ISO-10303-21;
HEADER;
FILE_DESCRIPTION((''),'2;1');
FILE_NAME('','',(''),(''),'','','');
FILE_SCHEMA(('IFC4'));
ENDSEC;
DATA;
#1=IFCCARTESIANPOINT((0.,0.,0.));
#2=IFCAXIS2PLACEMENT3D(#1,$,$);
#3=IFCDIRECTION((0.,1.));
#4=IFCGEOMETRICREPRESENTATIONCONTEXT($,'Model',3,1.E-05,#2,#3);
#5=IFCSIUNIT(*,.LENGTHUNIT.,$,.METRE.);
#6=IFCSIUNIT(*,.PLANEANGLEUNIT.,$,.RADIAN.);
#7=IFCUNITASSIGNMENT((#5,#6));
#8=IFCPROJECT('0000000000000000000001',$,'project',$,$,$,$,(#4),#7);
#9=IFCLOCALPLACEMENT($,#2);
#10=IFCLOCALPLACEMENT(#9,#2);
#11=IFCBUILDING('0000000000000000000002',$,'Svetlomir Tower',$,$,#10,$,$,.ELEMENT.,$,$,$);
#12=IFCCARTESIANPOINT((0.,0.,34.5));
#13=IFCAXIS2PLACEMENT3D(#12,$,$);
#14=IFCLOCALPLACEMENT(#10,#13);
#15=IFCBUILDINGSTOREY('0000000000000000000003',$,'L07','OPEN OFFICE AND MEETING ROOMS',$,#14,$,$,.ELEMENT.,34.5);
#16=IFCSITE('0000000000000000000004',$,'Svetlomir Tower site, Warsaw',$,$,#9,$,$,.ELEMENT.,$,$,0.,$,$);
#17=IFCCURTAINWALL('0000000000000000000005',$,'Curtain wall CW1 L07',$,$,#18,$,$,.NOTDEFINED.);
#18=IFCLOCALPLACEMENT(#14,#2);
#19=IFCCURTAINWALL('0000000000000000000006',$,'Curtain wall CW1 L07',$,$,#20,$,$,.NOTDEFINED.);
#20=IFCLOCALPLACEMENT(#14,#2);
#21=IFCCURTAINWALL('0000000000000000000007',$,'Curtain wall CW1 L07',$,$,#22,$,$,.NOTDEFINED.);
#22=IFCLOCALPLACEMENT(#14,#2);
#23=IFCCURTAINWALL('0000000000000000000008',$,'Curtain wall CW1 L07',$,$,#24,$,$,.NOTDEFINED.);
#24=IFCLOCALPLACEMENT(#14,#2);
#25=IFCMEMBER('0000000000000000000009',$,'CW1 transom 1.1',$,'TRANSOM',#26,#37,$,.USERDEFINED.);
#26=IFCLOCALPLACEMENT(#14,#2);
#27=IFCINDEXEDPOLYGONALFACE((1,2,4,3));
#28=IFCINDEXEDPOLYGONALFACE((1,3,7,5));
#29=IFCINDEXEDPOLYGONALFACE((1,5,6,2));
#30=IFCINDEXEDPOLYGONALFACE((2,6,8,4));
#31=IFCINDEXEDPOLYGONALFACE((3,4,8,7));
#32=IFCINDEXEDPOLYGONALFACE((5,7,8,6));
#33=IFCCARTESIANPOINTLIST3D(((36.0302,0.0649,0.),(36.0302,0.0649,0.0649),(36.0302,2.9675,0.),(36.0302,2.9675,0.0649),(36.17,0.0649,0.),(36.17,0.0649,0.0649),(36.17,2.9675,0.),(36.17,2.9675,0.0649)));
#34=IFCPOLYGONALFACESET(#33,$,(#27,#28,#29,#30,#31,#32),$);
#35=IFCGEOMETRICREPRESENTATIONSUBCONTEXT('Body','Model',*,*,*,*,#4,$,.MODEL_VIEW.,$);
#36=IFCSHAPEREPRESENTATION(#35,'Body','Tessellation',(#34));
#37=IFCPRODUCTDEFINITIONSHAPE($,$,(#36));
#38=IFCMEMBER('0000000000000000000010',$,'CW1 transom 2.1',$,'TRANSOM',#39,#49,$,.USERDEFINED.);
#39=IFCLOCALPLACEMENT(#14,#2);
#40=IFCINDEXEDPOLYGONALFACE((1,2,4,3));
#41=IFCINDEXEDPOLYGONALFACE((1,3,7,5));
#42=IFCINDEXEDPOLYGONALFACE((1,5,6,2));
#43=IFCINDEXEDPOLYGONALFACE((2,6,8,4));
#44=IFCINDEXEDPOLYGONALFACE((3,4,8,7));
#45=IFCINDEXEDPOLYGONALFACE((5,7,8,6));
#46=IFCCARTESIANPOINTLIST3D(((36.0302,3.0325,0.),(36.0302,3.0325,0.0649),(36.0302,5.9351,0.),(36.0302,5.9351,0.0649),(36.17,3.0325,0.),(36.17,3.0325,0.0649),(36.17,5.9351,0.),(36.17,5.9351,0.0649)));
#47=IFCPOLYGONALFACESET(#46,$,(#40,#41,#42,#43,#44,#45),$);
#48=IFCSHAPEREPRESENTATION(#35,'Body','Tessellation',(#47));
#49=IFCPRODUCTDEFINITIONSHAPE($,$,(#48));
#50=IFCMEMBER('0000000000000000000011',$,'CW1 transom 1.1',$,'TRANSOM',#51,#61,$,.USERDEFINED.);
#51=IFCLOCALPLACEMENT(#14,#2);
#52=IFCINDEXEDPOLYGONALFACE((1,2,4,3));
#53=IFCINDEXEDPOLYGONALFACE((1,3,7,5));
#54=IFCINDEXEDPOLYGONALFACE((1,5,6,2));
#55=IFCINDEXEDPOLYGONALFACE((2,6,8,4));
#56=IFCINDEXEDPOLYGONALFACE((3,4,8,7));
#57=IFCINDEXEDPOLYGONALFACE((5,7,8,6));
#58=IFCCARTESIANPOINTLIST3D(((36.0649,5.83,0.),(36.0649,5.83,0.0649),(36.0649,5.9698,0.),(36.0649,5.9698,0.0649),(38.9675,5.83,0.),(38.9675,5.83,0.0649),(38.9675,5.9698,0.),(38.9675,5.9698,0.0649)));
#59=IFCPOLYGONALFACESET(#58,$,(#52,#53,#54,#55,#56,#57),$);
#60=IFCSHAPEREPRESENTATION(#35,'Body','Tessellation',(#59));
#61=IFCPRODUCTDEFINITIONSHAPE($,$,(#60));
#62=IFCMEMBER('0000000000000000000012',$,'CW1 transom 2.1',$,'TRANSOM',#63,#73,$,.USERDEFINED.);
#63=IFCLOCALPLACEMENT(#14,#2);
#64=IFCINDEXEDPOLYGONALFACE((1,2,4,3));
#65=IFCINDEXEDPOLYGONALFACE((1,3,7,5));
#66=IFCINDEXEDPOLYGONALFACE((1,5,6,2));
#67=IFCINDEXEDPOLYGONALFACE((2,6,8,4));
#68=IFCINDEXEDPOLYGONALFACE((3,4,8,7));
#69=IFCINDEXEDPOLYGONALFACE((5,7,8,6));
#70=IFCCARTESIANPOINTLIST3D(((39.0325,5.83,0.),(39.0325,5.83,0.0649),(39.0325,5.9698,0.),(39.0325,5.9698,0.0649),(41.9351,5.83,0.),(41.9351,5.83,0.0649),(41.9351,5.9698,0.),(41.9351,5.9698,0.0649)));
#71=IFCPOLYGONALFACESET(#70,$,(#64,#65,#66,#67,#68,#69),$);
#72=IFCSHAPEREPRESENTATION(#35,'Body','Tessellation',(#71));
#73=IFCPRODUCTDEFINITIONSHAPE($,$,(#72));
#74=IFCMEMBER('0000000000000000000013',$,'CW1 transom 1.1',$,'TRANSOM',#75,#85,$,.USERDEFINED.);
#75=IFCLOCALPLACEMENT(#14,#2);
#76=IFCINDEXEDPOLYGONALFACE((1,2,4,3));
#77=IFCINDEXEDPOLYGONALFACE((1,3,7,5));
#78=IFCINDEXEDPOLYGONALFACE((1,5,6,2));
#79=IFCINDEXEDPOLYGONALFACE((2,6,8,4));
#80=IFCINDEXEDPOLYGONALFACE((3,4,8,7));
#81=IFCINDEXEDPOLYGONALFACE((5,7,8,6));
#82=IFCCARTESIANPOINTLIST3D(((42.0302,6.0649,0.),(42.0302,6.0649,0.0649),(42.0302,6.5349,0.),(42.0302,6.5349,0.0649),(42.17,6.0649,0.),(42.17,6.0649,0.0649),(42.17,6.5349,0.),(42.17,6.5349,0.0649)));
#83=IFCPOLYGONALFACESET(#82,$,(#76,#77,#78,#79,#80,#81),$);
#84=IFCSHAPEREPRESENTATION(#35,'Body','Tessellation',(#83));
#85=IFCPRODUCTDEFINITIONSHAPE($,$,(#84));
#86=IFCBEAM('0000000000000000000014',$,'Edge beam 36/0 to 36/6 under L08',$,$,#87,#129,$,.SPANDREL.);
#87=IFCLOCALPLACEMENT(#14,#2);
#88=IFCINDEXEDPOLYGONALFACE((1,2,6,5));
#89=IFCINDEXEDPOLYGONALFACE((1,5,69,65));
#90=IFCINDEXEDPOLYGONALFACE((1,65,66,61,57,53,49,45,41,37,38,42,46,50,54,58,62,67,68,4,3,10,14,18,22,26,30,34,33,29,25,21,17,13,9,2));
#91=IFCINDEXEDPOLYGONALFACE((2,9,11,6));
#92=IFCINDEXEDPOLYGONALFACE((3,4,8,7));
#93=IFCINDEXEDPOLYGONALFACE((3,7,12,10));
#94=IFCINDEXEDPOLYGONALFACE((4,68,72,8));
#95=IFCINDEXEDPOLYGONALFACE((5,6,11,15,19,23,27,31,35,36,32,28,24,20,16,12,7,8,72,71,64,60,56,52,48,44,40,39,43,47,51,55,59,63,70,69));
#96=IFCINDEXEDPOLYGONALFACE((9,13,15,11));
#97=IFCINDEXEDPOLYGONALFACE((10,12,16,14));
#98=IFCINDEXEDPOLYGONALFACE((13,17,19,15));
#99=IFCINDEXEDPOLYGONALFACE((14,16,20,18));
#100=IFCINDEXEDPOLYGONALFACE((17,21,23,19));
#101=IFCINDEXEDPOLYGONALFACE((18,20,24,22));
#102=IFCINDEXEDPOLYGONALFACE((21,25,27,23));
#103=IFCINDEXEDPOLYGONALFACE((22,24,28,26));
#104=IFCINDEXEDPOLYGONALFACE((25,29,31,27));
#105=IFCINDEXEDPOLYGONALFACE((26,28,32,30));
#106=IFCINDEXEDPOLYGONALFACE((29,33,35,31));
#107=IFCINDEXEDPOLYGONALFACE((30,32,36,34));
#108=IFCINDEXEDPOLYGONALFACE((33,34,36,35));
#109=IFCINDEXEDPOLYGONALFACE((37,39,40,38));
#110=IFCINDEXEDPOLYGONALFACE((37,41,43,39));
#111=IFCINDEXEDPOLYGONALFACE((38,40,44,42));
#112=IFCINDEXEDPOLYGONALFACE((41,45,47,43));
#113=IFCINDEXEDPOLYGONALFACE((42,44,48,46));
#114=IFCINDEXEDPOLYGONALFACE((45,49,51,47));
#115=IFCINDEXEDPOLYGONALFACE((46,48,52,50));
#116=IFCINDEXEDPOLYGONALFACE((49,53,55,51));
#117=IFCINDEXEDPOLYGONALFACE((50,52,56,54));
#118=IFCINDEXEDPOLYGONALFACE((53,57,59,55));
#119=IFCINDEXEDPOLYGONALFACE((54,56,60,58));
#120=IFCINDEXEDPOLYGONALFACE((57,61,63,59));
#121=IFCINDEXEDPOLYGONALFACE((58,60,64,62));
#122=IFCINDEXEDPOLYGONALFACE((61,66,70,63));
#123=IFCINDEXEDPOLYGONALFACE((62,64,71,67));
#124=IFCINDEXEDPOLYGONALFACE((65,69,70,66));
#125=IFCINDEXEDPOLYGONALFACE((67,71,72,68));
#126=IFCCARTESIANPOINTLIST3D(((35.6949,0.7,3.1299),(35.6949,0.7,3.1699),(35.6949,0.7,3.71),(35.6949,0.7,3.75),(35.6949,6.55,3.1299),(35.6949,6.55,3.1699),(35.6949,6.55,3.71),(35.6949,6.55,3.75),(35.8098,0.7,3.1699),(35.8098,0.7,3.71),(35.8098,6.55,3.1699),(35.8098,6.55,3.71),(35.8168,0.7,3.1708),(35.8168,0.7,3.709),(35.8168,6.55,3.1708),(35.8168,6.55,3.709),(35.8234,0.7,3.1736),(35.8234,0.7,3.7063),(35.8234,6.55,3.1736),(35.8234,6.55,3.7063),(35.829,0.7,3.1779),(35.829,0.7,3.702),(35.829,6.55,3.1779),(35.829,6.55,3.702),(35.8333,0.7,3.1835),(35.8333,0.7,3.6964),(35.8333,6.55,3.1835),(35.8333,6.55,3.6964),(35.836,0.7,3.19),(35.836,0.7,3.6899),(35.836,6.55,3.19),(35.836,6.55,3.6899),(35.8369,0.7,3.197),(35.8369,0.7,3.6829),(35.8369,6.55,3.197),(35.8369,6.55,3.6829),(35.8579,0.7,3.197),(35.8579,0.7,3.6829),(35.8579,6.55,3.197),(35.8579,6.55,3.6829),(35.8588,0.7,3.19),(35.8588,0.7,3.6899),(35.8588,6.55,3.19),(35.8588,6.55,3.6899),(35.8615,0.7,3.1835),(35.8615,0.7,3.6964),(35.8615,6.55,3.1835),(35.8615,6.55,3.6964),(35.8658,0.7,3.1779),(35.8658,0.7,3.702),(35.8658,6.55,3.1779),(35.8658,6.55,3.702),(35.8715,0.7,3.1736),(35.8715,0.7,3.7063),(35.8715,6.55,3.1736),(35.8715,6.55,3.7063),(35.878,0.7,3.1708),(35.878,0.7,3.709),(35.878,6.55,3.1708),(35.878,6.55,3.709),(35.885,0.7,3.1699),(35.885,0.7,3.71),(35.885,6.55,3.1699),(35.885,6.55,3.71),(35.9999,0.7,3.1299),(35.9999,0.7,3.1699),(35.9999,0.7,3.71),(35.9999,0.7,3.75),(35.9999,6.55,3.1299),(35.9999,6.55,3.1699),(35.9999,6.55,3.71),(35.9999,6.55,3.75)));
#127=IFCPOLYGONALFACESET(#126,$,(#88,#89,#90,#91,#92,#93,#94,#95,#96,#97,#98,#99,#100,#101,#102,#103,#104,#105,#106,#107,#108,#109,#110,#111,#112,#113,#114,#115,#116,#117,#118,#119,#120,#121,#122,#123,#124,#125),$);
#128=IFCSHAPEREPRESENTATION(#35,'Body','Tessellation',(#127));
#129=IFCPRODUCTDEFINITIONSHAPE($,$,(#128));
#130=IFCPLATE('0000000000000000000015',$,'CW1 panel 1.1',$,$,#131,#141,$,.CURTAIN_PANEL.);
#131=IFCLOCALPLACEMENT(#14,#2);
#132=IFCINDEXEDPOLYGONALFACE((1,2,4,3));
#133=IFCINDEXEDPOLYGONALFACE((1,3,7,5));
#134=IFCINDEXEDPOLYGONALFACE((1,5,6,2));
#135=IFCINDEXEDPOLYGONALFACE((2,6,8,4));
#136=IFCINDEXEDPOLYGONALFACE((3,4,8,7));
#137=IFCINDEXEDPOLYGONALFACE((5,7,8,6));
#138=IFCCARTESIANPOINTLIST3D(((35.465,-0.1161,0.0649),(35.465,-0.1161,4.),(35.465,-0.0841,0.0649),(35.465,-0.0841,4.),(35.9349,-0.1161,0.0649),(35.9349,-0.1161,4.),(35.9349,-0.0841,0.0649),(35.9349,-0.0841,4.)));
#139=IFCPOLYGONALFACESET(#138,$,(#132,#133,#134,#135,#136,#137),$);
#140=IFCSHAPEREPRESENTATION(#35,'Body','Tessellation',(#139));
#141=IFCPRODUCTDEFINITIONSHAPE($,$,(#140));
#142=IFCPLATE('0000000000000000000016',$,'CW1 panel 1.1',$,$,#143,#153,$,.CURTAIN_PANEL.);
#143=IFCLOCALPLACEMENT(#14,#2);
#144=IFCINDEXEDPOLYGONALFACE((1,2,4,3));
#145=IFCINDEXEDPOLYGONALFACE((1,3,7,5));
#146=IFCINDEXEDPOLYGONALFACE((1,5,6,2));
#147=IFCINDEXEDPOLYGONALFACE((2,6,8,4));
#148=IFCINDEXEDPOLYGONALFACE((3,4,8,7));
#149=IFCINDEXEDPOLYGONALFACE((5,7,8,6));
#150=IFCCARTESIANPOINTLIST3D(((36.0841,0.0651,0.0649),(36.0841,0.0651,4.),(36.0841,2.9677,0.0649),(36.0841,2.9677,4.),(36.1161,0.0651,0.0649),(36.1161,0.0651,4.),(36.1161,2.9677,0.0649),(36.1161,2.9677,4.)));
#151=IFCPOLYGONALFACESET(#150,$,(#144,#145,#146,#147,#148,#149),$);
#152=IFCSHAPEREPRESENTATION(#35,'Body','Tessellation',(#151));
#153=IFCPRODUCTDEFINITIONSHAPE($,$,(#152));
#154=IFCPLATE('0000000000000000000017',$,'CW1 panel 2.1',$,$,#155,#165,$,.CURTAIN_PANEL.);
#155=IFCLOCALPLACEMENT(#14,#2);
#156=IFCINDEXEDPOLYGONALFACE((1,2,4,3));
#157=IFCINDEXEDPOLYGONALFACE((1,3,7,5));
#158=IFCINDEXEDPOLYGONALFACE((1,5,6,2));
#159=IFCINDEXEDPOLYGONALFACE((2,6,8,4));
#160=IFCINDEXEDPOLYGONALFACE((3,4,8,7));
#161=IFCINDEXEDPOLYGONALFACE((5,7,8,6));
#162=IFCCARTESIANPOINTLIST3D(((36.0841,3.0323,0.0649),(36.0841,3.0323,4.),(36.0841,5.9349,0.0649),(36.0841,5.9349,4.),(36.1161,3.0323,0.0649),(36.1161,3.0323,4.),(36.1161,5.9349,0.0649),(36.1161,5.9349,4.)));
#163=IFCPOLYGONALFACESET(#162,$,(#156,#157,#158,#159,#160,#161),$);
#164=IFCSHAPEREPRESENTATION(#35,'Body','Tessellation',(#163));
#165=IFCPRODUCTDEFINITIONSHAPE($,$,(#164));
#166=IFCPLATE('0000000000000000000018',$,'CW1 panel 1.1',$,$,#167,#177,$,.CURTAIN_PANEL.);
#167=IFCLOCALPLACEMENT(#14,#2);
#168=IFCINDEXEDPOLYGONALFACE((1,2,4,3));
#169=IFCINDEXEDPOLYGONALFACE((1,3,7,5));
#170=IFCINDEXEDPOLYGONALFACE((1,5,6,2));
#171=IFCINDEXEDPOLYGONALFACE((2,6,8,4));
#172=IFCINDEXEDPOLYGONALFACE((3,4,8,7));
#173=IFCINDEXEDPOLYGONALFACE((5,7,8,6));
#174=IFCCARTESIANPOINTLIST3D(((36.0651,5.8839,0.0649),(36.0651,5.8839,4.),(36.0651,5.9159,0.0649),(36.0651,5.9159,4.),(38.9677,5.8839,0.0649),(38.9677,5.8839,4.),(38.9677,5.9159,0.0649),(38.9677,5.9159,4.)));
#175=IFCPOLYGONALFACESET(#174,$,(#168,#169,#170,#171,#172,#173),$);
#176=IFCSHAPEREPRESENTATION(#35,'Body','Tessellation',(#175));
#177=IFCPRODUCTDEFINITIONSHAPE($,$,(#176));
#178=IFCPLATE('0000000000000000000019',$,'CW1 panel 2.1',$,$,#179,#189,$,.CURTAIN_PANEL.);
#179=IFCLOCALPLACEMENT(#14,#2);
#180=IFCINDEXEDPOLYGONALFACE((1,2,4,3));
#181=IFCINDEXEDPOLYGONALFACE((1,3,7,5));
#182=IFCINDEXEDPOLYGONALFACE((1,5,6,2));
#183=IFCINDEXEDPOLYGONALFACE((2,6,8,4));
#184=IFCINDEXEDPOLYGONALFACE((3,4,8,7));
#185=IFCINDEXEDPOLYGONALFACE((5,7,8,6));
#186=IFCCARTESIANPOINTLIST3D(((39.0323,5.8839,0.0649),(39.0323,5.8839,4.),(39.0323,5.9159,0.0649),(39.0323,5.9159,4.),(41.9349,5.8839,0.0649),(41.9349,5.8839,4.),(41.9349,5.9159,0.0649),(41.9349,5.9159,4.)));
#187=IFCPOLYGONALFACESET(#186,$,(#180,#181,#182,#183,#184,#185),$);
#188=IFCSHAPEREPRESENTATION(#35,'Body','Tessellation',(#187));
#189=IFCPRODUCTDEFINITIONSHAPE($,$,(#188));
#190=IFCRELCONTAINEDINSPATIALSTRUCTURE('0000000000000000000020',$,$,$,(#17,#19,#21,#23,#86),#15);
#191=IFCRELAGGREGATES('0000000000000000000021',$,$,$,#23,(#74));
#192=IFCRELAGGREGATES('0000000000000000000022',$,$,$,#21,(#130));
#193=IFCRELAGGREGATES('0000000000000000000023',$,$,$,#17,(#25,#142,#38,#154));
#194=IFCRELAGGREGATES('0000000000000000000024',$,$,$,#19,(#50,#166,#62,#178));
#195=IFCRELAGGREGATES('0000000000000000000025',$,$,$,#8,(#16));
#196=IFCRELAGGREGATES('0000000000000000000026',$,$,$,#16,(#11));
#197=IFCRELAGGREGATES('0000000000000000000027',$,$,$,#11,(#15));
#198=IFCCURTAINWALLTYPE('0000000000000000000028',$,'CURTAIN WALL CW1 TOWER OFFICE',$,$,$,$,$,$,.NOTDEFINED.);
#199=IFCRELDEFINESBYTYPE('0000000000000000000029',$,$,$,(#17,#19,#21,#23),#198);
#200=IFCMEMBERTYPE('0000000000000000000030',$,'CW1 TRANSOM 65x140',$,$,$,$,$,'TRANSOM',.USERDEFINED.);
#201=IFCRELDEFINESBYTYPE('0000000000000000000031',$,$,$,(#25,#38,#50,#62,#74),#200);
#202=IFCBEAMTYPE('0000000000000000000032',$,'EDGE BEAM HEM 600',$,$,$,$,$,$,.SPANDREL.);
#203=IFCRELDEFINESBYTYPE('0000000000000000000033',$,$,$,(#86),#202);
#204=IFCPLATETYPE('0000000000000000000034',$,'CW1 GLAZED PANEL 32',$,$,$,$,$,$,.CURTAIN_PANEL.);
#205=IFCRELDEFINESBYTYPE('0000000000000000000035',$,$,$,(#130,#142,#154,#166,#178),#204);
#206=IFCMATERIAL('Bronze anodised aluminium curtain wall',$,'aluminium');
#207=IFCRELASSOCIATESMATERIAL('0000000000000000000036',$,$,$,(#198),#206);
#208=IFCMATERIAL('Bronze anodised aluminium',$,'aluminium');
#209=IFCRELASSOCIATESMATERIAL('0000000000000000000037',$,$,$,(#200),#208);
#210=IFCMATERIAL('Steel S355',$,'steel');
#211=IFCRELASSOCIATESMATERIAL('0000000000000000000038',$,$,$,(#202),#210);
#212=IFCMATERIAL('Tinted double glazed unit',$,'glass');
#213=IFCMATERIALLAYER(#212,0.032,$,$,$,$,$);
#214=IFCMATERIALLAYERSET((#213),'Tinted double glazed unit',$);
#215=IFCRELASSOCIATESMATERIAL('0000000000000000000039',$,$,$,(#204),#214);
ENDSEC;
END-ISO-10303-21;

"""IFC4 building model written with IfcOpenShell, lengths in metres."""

from ifc_helpers import new_model, si_unit, direction, frame, origin, origin_2d, place, context, subcontext, project, spatial, rectangle, i_section, extrude, material, layer, layer_set, material_profile, profile_set, type_object, element, aggregate, save


model = new_model("IFC4")

# Units and contexts
model_context = context("Model", 3, precision=1e-05, world=origin(), true_north=direction((0.0, 1.0)))
body_context = subcontext(model_context, "Body", "Model", "MODEL_VIEW")
ifc_project = project(units=[si_unit("LENGTHUNIT", "METRE"), si_unit("PLANEANGLEUNIT", "RADIAN")], contexts=[model_context])

# Site, building, storey
site_placement = place(None, origin())
site = spatial("IfcSite", under=ifc_project, at=site_placement, Name="Svetlomir Tower site, Warsaw", CompositionType="ELEMENT", RefElevation=0.0)
building_placement = place(site_placement, origin())
building = spatial("IfcBuilding", under=site, at=building_placement, Name="Svetlomir Tower", CompositionType="ELEMENT")
storey_placement = place(building_placement, frame((0.0, 0.0, 34.5)))
storey = spatial("IfcBuildingStorey", under=building, at=storey_placement, Name="L07", Description="OPEN OFFICE AND MEETING ROOMS", CompositionType="ELEMENT", Elevation=34.5)

# Curtain walls
ifc_material_1 = material(Name="Bronze anodised aluminium curtain wall", Category="aluminium")
curtain_wall_type = type_object("IfcCurtainWallType", Name="CURTAIN WALL CW1 TOWER OFFICE", PredefinedType="NOTDEFINED", material=ifc_material_1)
curtain_wall_1_placement = place(storey_placement, origin())
curtain_wall_1 = element("IfcCurtainWall", 1, at=curtain_wall_1_placement, inside=storey, type_object=curtain_wall_type, Name="Curtain wall CW1 L07", PredefinedType="NOTDEFINED")
curtain_wall_2_placement = place(storey_placement, origin())
curtain_wall_2 = element("IfcCurtainWall", 2, at=curtain_wall_2_placement, inside=storey, type_object=curtain_wall_type, Name="Curtain wall CW1 L07", PredefinedType="NOTDEFINED")

# Curtain wall
curtain_wall_3_placement = place(storey_placement, origin())
curtain_wall_3 = element("IfcCurtainWall", 3, at=curtain_wall_3_placement, inside=storey, type_object=curtain_wall_type, Name="Curtain wall CW1 L07", PredefinedType="NOTDEFINED")

# Curtain wall
curtain_wall_4_placement = place(storey_placement, origin())
curtain_wall_4 = element("IfcCurtainWall", 4, at=curtain_wall_4_placement, inside=storey, type_object=curtain_wall_type, Name="Curtain wall CW1 L07", PredefinedType="NOTDEFINED")

# Members
ifc_material_2 = material(Name="Bronze anodised aluminium", Category="aluminium")
ifc_material_profile_1 = material_profile(ifc_material_2, rectangle(XDim=0.1399, YDim=0.0649, at=origin_2d()), Name="AL 140x65")
ifc_profile_set_1 = profile_set([ifc_material_profile_1], Name="Bronze anodised aluminium 6063-T6")
member_type_1 = type_object("IfcMemberType", Name="CW1 TRANSOM 65x140", ElementType="TRANSOM", PredefinedType="USERDEFINED", material=ifc_profile_set_1)
member_1_placement = place(storey_placement, frame((36.1001, 0.0649, 0.0325), z_axis=(0.0, 1.0, 0.0), x_axis=(-1.0, 0.0, 0.0)))
member_1 = element("IfcMember", 5, at=member_1_placement, type_object=member_type_1, Name="CW1 transom 1.1", ObjectType="TRANSOM", PredefinedType="USERDEFINED", context=body_context, shape_type="SweptSolid", body=[
    extrude(rectangle(XDim=0.1399, YDim=0.0649, at=origin_2d()), origin(), (0.0, 0.0, 1.0), 2.9026),
])
member_2_placement = place(storey_placement, frame((36.1001, 3.0325, 0.0325), z_axis=(0.0, 1.0, 0.0), x_axis=(-1.0, 0.0, 0.0)))
member_2 = element("IfcMember", 6, at=member_2_placement, type_object=member_type_1, Name="CW1 transom 2.1", ObjectType="TRANSOM", PredefinedType="USERDEFINED", context=body_context, shape_type="SweptSolid", body=[
    extrude(rectangle(XDim=0.1399, YDim=0.0649, at=origin_2d()), origin(), (0.0, 0.0, 1.0), 2.9026),
])
member_3_placement = place(storey_placement, frame((36.0649, 5.8999, 0.0325), z_axis=(1.0, 0.0, 0.0), x_axis=(0.0, 1.0, 0.0)))
member_3 = element("IfcMember", 7, at=member_3_placement, type_object=member_type_1, Name="CW1 transom 1.1", ObjectType="TRANSOM", PredefinedType="USERDEFINED", context=body_context, shape_type="SweptSolid", body=[
    extrude(rectangle(XDim=0.1399, YDim=0.0649, at=origin_2d()), origin(), (0.0, 0.0, 1.0), 2.9026),
])
member_4_placement = place(storey_placement, frame((39.0325, 5.8999, 0.0325), z_axis=(1.0, 0.0, 0.0), x_axis=(0.0, 1.0, 0.0)))
member_4 = element("IfcMember", 8, at=member_4_placement, type_object=member_type_1, Name="CW1 transom 2.1", ObjectType="TRANSOM", PredefinedType="USERDEFINED", context=body_context, shape_type="SweptSolid", body=[
    extrude(rectangle(XDim=0.1399, YDim=0.0649, at=origin_2d()), origin(), (0.0, 0.0, 1.0), 2.9026),
])
member_5_placement = place(storey_placement, frame((42.1001, 6.0649, 0.0325), z_axis=(0.0, 1.0, 0.0), x_axis=(-1.0, 0.0, 0.0)))
member_5 = element("IfcMember", 9, at=member_5_placement, type_object=member_type_1, Name="CW1 transom 1.1", ObjectType="TRANSOM", PredefinedType="USERDEFINED", context=body_context, shape_type="SweptSolid", body=[
    extrude(rectangle(XDim=0.1399, YDim=0.0649, at=origin_2d()), origin(), (0.0, 0.0, 1.0), 0.47),
])
aggregate(curtain_wall_4, [member_5])

# Beam
ifc_material_3 = material(Name="Steel S355", Category="steel")
ifc_material_profile_2 = material_profile(ifc_material_3, i_section(OverallWidth=0.3049, OverallDepth=0.6201, WebThickness=0.021, FlangeThickness=0.04, FilletRadius=0.0271, at=origin_2d()), Name="HEM 600")
ifc_profile_set_2 = profile_set([ifc_material_profile_2], Name="Steel S355")
beam_type_1 = type_object("IfcBeamType", Name="EDGE BEAM HEM 600", PredefinedType="SPANDREL", material=ifc_profile_set_2)
beam_1_placement = place(storey_placement, frame((35.8474, 0.7, 3.4399), z_axis=(0.0, 1.0, 0.0), x_axis=(-1.0, 0.0, 0.0)))
element("IfcBeam", 10, at=beam_1_placement, inside=storey, type_object=beam_type_1, Name="Edge beam 36/0 to 36/6 under L08", PredefinedType="SPANDREL", context=body_context, shape_type="SweptSolid", body=[
    extrude(i_section(OverallWidth=0.3049, OverallDepth=0.6201, WebThickness=0.021, FlangeThickness=0.04, FilletRadius=0.0271, at=origin_2d()), origin(), (0.0, 0.0, 1.0), 5.8501),
])

# Plates
ifc_material_4 = material(Name="Tinted double glazed unit", Category="glass")
ifc_layer_1 = layer(ifc_material_4, 0.032)
ifc_layer_set_1 = layer_set([ifc_layer_1], Name="Tinted double glazed unit")
plate_type = type_object("IfcPlateType", Name="CW1 GLAZED PANEL 32", PredefinedType="CURTAIN_PANEL", material=ifc_layer_set_1)
plate_1_placement = place(storey_placement, frame((35.7, -0.1001, 0.0649), z_axis=(0.0, 0.0, 1.0), x_axis=(1.0, 0.0, 0.0)))
plate_1 = element("IfcPlate", 11, at=plate_1_placement, type_object=plate_type, Name="CW1 panel 1.1", PredefinedType="CURTAIN_PANEL", context=body_context, shape_type="SweptSolid", body=[
    extrude(rectangle(XDim=0.47, YDim=0.032, at=origin_2d()), origin(), (0.0, 0.0, 1.0), 3.9351),
])
aggregate(curtain_wall_3, [plate_1])
plate_2_placement = place(storey_placement, frame((36.1001, 1.5164, 0.0649), z_axis=(0.0, 0.0, 1.0), x_axis=(0.0, 1.0, 0.0)))
plate_2 = element("IfcPlate", 12, at=plate_2_placement, type_object=plate_type, Name="CW1 panel 1.1", PredefinedType="CURTAIN_PANEL", context=body_context, shape_type="SweptSolid", body=[
    extrude(rectangle(XDim=2.9026, YDim=0.032, at=origin_2d()), origin(), (0.0, 0.0, 1.0), 3.9351),
])
plate_3_placement = place(storey_placement, frame((36.1001, 4.4836, 0.0649), z_axis=(0.0, 0.0, 1.0), x_axis=(0.0, 1.0, 0.0)))
plate_3 = element("IfcPlate", 13, at=plate_3_placement, type_object=plate_type, Name="CW1 panel 2.1", PredefinedType="CURTAIN_PANEL", context=body_context, shape_type="SweptSolid", body=[
    extrude(rectangle(XDim=2.9026, YDim=0.032, at=origin_2d()), origin(), (0.0, 0.0, 1.0), 3.9351),
])
aggregate(curtain_wall_1, [member_1, plate_2, member_2, plate_3])
plate_4_placement = place(storey_placement, frame((37.5164, 5.8999, 0.0649), z_axis=(0.0, 0.0, 1.0), x_axis=(1.0, 0.0, 0.0)))
plate_4 = element("IfcPlate", 14, at=plate_4_placement, type_object=plate_type, Name="CW1 panel 1.1", PredefinedType="CURTAIN_PANEL", context=body_context, shape_type="SweptSolid", body=[
    extrude(rectangle(XDim=2.9026, YDim=0.032, at=origin_2d()), origin(), (0.0, 0.0, 1.0), 3.9351),
])
plate_5_placement = place(storey_placement, frame((40.4836, 5.8999, 0.0649), z_axis=(0.0, 0.0, 1.0), x_axis=(1.0, 0.0, 0.0)))
plate_5 = element("IfcPlate", 15, at=plate_5_placement, type_object=plate_type, Name="CW1 panel 2.1", PredefinedType="CURTAIN_PANEL", context=body_context, shape_type="SweptSolid", body=[
    extrude(rectangle(XDim=2.9026, YDim=0.032, at=origin_2d()), origin(), (0.0, 0.0, 1.0), 3.9351),
])
aggregate(curtain_wall_2, [member_3, plate_4, member_4, plate_5])

save(model, "model.ifc")
